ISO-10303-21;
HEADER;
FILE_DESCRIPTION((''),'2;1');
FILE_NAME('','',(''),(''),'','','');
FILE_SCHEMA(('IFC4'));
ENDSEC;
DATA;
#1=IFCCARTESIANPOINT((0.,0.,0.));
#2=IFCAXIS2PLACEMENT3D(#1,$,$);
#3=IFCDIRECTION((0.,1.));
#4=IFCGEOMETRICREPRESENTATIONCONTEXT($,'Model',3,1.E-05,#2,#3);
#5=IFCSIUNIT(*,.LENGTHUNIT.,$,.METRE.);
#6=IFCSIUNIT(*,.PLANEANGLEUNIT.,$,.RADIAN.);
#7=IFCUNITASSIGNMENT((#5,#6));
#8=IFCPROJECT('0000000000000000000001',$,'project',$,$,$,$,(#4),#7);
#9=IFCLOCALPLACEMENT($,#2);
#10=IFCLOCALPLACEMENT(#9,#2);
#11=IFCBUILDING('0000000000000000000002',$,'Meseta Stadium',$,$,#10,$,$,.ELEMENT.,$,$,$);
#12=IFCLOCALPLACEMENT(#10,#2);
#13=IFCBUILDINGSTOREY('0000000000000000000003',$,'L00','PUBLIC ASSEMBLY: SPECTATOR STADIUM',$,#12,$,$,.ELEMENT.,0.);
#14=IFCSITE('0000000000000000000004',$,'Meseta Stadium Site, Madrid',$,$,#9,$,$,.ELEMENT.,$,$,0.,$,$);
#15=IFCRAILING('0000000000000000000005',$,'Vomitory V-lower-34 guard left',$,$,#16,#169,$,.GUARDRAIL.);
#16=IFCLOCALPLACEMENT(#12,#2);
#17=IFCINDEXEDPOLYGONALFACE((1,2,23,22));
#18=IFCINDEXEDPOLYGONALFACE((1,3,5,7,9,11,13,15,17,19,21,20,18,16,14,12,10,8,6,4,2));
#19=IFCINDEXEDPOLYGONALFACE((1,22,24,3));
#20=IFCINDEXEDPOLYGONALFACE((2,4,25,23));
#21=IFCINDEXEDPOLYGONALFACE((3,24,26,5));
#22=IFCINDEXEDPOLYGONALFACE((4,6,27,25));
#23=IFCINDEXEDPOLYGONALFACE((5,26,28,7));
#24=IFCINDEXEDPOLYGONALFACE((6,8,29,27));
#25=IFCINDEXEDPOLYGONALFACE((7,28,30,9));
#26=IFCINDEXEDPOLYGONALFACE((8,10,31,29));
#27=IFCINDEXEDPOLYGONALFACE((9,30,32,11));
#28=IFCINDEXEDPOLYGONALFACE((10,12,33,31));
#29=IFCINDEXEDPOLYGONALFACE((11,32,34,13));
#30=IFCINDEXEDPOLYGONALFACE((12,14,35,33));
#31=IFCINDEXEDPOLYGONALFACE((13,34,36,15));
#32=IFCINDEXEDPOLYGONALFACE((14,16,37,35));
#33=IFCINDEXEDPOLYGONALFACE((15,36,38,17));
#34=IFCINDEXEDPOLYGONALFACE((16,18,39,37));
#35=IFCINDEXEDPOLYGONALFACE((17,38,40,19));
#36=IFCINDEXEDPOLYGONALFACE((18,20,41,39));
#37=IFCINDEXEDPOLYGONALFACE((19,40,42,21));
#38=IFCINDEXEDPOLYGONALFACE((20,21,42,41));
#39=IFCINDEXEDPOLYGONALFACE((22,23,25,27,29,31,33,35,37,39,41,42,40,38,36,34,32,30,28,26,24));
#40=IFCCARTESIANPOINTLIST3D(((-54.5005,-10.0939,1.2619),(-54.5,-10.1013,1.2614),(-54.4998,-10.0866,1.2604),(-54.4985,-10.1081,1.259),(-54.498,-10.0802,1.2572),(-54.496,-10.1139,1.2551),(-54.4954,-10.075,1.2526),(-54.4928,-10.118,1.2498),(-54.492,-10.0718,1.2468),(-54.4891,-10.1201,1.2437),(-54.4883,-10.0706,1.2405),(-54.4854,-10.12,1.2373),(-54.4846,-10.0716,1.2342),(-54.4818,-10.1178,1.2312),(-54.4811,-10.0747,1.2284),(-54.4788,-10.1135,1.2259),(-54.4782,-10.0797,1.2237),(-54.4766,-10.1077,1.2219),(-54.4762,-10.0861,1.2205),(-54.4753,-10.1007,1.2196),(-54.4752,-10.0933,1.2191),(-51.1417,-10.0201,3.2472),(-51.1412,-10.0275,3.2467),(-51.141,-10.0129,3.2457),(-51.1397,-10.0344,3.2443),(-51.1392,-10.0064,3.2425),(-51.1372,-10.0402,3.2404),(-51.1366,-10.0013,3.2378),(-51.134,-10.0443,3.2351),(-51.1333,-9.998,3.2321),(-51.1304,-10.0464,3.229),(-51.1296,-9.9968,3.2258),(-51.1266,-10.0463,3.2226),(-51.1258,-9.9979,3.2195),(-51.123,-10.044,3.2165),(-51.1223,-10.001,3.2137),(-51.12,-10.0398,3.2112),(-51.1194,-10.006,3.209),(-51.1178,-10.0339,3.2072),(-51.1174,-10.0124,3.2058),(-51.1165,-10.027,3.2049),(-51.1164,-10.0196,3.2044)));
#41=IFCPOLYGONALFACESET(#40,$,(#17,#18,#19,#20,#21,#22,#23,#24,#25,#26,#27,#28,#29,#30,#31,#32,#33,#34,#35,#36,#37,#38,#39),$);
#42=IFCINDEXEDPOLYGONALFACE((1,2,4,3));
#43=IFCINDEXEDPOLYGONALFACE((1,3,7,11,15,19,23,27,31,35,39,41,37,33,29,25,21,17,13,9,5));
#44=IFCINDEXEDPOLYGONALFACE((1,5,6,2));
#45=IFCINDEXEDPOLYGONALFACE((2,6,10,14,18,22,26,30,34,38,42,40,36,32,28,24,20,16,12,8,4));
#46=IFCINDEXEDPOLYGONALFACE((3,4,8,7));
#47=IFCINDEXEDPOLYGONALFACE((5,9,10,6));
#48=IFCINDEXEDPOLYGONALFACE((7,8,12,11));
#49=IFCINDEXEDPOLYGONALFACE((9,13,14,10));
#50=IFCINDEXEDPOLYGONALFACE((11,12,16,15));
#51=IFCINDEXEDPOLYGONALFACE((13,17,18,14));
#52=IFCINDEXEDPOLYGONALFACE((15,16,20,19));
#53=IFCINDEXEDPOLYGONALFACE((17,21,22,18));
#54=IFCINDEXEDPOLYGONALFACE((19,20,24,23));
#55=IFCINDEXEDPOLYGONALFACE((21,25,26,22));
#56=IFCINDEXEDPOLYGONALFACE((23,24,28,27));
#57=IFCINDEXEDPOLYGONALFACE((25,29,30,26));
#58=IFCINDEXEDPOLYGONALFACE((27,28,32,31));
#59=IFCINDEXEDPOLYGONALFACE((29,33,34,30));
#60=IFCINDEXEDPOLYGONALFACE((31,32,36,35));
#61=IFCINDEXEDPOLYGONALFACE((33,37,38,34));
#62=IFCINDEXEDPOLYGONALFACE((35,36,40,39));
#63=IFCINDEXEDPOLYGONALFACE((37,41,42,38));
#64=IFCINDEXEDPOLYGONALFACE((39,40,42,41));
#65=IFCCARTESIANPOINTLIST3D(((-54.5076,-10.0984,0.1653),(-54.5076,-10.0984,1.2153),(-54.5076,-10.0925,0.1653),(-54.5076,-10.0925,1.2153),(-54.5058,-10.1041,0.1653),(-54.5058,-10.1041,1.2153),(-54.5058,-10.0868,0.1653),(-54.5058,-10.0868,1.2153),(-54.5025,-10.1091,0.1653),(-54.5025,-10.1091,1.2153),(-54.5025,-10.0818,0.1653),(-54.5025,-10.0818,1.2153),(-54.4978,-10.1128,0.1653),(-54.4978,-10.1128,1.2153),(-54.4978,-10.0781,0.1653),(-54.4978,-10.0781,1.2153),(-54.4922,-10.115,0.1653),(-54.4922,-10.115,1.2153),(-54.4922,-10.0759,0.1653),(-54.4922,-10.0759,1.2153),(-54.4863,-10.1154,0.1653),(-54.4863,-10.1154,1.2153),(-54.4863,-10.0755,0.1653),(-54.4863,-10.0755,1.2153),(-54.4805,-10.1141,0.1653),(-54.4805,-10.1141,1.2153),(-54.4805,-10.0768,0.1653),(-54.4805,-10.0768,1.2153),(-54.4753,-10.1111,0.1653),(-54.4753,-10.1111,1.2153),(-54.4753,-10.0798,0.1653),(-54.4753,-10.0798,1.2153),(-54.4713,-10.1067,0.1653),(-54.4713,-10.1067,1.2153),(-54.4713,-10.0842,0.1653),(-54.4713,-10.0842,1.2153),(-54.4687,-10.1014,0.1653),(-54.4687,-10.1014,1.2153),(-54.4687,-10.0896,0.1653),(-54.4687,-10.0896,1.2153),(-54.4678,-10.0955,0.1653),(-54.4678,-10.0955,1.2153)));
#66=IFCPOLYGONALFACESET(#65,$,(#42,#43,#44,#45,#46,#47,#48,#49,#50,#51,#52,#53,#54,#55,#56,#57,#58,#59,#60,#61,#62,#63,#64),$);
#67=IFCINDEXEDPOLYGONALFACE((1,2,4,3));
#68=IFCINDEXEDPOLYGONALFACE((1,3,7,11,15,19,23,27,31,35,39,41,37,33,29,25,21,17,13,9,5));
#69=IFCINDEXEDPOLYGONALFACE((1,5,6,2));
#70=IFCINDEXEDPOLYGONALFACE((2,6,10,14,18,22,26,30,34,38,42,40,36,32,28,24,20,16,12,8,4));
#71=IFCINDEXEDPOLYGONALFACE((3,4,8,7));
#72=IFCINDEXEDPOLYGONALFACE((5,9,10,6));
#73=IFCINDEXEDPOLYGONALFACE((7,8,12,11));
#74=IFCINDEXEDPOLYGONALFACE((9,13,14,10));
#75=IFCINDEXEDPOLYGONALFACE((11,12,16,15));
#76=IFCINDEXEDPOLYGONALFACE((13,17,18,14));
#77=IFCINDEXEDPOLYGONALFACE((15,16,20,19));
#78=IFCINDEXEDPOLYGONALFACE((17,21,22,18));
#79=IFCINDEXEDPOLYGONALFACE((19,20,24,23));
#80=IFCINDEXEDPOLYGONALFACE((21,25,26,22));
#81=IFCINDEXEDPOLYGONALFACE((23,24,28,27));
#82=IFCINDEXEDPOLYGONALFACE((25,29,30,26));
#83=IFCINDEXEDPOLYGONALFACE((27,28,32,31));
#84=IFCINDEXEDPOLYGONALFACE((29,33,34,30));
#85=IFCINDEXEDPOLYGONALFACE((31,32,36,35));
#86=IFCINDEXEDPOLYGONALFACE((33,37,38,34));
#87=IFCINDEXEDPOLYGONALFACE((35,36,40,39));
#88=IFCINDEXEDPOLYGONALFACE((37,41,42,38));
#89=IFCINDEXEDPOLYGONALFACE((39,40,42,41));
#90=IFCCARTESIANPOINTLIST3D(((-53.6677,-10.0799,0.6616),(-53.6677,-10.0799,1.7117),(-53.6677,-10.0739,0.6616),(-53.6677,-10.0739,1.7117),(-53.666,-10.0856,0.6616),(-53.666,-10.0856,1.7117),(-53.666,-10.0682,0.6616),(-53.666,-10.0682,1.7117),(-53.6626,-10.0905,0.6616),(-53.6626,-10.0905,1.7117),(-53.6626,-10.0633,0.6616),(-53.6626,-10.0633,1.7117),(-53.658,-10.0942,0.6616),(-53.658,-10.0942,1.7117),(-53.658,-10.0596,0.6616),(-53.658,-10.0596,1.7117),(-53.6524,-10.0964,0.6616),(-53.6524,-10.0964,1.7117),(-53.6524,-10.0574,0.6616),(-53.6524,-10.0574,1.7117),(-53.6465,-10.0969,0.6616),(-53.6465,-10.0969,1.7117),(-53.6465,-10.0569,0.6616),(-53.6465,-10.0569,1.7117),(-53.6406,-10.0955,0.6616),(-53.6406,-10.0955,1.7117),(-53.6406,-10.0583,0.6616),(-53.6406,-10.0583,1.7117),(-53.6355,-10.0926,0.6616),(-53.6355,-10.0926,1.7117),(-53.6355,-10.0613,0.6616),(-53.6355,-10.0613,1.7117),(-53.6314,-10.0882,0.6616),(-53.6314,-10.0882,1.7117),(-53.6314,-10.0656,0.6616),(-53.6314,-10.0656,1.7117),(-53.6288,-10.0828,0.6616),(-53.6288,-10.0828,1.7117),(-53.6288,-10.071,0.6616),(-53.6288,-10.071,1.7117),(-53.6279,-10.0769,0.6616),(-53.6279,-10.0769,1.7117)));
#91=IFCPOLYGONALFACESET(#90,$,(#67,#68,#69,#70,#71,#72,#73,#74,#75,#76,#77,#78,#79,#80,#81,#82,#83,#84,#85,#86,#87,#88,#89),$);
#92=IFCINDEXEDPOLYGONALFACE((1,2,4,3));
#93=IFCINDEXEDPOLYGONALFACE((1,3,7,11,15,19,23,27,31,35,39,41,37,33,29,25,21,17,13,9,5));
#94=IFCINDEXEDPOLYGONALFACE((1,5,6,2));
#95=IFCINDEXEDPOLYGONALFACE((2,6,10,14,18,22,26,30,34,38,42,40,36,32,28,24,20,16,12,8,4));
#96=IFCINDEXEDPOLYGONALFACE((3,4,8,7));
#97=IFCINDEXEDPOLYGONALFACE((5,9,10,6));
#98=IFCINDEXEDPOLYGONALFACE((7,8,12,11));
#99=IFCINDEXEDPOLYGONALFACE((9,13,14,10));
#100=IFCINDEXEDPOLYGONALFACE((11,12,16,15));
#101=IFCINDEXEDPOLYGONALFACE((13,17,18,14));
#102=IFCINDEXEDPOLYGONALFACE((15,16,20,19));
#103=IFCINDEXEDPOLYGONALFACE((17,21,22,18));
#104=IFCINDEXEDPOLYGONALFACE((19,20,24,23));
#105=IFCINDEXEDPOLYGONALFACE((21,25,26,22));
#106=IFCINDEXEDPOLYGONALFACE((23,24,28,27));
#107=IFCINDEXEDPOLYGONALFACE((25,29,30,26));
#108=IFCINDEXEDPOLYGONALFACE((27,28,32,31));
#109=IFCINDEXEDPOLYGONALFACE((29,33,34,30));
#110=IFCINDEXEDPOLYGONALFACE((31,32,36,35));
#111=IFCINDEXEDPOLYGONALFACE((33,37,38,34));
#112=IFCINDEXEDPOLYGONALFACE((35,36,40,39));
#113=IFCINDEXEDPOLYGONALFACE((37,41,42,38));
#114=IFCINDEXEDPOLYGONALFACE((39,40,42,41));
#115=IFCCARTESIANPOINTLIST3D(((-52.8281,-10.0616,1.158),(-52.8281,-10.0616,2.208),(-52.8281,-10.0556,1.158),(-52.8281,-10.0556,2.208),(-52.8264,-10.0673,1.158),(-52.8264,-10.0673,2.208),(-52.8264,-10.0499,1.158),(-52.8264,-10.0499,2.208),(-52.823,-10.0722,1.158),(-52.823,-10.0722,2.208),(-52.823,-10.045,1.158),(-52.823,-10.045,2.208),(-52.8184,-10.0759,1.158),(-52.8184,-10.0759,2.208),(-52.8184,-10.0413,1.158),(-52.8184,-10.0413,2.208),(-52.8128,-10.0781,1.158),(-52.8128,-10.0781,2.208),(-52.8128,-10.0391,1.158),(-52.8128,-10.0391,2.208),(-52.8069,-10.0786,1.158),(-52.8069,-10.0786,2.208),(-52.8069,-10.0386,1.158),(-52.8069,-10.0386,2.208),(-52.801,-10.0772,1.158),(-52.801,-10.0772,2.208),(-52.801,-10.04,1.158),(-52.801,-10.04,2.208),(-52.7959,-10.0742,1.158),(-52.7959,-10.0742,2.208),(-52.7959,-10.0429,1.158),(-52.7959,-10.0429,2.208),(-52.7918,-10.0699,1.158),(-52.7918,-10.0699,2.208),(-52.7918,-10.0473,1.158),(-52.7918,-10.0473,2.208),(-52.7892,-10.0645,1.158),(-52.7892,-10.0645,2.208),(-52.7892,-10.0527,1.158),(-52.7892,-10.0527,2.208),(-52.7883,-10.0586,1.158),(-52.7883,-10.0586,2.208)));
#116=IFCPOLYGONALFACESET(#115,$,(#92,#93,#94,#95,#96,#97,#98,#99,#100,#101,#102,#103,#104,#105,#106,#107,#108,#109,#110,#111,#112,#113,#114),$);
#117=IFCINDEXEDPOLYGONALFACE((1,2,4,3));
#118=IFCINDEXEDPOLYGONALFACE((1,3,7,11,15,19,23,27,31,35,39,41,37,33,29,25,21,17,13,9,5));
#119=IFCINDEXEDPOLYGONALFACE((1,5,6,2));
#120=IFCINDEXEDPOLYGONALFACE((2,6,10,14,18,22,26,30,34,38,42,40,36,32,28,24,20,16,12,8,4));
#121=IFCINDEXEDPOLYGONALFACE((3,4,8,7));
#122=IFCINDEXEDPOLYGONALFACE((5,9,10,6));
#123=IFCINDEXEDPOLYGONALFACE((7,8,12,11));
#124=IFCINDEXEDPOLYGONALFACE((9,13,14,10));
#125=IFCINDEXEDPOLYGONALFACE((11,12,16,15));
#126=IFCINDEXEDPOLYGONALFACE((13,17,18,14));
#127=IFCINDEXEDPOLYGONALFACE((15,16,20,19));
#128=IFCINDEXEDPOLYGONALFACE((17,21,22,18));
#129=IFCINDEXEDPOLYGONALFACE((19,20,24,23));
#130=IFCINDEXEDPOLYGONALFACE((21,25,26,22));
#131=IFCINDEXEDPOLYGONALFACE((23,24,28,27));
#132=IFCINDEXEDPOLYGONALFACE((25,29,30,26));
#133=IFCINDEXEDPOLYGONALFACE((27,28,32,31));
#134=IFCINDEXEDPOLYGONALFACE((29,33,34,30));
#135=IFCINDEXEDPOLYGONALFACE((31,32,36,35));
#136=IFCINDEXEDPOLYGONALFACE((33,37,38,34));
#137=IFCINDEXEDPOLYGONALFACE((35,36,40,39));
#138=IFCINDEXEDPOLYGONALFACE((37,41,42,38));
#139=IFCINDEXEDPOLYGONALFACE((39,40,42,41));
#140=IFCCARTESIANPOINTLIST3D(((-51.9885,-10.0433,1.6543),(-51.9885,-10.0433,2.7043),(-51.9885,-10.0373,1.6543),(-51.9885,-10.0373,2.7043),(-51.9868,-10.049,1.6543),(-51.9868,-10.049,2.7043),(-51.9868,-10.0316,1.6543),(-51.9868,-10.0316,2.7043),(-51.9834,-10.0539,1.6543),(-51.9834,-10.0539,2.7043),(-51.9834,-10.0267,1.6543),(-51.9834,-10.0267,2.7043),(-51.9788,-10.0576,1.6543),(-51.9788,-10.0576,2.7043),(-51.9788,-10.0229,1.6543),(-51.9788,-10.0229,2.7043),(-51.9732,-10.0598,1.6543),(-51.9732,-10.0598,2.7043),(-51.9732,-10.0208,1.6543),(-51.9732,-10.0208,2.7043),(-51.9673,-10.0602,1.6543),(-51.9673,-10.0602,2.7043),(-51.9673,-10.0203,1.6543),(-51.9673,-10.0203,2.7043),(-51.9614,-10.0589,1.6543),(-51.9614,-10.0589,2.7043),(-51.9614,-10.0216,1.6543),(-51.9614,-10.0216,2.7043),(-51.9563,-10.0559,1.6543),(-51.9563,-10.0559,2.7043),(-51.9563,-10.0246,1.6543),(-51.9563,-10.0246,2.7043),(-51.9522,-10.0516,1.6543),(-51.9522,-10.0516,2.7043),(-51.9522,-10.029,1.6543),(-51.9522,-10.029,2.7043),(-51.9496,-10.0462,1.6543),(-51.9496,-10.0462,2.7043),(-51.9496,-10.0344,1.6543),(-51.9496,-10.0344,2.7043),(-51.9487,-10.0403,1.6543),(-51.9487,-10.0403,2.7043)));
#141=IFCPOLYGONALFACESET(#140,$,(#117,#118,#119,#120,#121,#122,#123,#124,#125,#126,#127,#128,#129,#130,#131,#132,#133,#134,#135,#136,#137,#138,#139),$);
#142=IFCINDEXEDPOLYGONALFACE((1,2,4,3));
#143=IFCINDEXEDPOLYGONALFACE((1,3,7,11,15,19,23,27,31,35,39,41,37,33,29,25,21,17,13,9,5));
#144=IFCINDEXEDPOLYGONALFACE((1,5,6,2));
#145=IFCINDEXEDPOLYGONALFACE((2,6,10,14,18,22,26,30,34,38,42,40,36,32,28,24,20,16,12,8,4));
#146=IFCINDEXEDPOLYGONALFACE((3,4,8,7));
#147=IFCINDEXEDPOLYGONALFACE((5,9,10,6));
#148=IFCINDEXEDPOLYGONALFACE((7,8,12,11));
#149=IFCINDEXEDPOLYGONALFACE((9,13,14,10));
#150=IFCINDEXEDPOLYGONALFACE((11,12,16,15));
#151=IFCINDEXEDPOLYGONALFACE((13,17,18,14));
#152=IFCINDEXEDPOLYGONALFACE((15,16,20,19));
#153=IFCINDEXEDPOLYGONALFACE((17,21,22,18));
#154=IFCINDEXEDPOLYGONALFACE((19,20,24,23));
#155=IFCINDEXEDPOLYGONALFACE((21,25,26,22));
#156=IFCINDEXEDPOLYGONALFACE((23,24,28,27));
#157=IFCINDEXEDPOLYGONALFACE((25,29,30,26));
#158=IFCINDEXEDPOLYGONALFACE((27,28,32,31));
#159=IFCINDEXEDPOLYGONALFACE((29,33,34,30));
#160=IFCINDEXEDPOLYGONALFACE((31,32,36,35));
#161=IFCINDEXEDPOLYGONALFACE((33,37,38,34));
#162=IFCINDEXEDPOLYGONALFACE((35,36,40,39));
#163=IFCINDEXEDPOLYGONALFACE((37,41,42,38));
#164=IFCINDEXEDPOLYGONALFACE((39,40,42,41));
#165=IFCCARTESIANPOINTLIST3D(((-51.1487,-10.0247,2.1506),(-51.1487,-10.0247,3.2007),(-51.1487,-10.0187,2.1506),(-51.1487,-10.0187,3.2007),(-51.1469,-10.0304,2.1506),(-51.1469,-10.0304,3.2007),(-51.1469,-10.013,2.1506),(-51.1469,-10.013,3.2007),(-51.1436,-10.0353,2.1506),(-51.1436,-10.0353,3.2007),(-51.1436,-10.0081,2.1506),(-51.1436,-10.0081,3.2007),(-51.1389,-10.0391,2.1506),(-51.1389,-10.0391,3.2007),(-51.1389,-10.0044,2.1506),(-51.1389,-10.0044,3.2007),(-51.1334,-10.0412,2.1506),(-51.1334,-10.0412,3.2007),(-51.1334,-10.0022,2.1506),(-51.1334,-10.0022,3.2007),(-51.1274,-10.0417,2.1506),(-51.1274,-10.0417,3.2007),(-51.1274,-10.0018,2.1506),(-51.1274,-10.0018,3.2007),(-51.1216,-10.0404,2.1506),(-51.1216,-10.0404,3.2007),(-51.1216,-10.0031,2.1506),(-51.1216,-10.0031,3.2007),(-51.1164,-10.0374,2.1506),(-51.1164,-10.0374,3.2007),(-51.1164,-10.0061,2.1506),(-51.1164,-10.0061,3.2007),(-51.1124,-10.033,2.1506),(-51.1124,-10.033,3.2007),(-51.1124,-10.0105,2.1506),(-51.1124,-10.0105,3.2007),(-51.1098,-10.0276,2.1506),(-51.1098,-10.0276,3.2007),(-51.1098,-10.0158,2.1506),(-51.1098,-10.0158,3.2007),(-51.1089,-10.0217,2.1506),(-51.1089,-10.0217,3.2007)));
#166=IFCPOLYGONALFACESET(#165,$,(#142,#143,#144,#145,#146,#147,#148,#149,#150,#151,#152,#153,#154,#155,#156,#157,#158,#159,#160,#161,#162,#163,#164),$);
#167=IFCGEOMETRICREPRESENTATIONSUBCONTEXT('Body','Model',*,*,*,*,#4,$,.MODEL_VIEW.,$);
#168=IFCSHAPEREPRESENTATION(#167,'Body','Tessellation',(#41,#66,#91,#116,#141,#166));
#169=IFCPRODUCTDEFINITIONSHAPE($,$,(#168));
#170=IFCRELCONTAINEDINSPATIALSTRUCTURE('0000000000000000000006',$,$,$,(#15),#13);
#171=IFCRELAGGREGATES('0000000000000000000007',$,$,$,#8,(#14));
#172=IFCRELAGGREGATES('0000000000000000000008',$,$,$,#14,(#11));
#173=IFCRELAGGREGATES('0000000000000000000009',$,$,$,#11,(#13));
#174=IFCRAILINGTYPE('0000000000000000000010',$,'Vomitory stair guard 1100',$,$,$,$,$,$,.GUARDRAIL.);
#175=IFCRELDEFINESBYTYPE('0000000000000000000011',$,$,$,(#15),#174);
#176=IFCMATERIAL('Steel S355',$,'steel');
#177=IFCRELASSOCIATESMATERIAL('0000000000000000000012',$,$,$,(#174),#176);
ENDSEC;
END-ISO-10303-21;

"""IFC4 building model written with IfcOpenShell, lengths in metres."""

from ifc_helpers import new_model, si_unit, direction, frame, origin, origin_2d, place, context, subcontext, project, spatial, circle, extrude, material, type_object, element, save


model = new_model("IFC4")

# Units and contexts
model_context = context("Model", 3, precision=1e-05, world=origin(), true_north=direction((0.0, 1.0)))
body_context = subcontext(model_context, "Body", "Model", "MODEL_VIEW")
ifc_project = project(units=[si_unit("LENGTHUNIT", "METRE"), si_unit("PLANEANGLEUNIT", "RADIAN")], contexts=[model_context])

# Site, building, storey
site_placement = place(None, origin())
site = spatial("IfcSite", under=ifc_project, at=site_placement, Name="Meseta Stadium Site, Madrid", CompositionType="ELEMENT", RefElevation=0.0)
building_placement = place(site_placement, origin())
building = spatial("IfcBuilding", under=site, at=building_placement, Name="Meseta Stadium", CompositionType="ELEMENT")
storey_placement = place(building_placement, origin())
storey = spatial("IfcBuildingStorey", under=building, at=storey_placement, Name="L00", Description="PUBLIC ASSEMBLY: SPECTATOR STADIUM", CompositionType="ELEMENT", Elevation=0.0)

# Railing
ifc_material_1 = material(Name="Steel S355", Category="steel")
railing_type_1 = type_object("IfcRailingType", Name="Vomitory stair guard 1100", PredefinedType="GUARDRAIL", material=ifc_material_1)
railing_1_placement = place(storey_placement, frame((-54.4878, -10.0955, 0.1653)))
element("IfcRailing", 1, at=railing_1_placement, inside=storey, type_object=railing_type_1, Name="Vomitory V-lower-34 guard left", PredefinedType="GUARDRAIL", context=body_context, shape_type="SweptSolid", body=[
    extrude(circle(Radius=0.0249, at=origin_2d()), frame((0.0, 0.0, 1.0752), z_axis=(0.860711, 0.018893, 0.508744), x_axis=(-0.021946, 0.999759, 0.0)), (0.0, 0.0, 1.0), 3.9023),
    extrude(circle(Radius=0.02, at=origin_2d()), origin(), (0.0, 0.0, 1.0), 1.05),
    extrude(circle(Radius=0.02, at=origin_2d()), frame((0.8398, 0.0186, 0.4963)), (0.0, 0.0, 1.0), 1.05),
    extrude(circle(Radius=0.02, at=origin_2d()), frame((1.6794, 0.0369, 0.9927)), (0.0, 0.0, 1.0), 1.05),
    extrude(circle(Radius=0.02, at=origin_2d()), frame((2.519, 0.0552, 1.489)), (0.0, 0.0, 1.0), 1.05),
    extrude(circle(Radius=0.02, at=origin_2d()), frame((3.3589, 0.0737, 1.9854)), (0.0, 0.0, 1.0), 1.05),
])

save(model, "model.ifc")
